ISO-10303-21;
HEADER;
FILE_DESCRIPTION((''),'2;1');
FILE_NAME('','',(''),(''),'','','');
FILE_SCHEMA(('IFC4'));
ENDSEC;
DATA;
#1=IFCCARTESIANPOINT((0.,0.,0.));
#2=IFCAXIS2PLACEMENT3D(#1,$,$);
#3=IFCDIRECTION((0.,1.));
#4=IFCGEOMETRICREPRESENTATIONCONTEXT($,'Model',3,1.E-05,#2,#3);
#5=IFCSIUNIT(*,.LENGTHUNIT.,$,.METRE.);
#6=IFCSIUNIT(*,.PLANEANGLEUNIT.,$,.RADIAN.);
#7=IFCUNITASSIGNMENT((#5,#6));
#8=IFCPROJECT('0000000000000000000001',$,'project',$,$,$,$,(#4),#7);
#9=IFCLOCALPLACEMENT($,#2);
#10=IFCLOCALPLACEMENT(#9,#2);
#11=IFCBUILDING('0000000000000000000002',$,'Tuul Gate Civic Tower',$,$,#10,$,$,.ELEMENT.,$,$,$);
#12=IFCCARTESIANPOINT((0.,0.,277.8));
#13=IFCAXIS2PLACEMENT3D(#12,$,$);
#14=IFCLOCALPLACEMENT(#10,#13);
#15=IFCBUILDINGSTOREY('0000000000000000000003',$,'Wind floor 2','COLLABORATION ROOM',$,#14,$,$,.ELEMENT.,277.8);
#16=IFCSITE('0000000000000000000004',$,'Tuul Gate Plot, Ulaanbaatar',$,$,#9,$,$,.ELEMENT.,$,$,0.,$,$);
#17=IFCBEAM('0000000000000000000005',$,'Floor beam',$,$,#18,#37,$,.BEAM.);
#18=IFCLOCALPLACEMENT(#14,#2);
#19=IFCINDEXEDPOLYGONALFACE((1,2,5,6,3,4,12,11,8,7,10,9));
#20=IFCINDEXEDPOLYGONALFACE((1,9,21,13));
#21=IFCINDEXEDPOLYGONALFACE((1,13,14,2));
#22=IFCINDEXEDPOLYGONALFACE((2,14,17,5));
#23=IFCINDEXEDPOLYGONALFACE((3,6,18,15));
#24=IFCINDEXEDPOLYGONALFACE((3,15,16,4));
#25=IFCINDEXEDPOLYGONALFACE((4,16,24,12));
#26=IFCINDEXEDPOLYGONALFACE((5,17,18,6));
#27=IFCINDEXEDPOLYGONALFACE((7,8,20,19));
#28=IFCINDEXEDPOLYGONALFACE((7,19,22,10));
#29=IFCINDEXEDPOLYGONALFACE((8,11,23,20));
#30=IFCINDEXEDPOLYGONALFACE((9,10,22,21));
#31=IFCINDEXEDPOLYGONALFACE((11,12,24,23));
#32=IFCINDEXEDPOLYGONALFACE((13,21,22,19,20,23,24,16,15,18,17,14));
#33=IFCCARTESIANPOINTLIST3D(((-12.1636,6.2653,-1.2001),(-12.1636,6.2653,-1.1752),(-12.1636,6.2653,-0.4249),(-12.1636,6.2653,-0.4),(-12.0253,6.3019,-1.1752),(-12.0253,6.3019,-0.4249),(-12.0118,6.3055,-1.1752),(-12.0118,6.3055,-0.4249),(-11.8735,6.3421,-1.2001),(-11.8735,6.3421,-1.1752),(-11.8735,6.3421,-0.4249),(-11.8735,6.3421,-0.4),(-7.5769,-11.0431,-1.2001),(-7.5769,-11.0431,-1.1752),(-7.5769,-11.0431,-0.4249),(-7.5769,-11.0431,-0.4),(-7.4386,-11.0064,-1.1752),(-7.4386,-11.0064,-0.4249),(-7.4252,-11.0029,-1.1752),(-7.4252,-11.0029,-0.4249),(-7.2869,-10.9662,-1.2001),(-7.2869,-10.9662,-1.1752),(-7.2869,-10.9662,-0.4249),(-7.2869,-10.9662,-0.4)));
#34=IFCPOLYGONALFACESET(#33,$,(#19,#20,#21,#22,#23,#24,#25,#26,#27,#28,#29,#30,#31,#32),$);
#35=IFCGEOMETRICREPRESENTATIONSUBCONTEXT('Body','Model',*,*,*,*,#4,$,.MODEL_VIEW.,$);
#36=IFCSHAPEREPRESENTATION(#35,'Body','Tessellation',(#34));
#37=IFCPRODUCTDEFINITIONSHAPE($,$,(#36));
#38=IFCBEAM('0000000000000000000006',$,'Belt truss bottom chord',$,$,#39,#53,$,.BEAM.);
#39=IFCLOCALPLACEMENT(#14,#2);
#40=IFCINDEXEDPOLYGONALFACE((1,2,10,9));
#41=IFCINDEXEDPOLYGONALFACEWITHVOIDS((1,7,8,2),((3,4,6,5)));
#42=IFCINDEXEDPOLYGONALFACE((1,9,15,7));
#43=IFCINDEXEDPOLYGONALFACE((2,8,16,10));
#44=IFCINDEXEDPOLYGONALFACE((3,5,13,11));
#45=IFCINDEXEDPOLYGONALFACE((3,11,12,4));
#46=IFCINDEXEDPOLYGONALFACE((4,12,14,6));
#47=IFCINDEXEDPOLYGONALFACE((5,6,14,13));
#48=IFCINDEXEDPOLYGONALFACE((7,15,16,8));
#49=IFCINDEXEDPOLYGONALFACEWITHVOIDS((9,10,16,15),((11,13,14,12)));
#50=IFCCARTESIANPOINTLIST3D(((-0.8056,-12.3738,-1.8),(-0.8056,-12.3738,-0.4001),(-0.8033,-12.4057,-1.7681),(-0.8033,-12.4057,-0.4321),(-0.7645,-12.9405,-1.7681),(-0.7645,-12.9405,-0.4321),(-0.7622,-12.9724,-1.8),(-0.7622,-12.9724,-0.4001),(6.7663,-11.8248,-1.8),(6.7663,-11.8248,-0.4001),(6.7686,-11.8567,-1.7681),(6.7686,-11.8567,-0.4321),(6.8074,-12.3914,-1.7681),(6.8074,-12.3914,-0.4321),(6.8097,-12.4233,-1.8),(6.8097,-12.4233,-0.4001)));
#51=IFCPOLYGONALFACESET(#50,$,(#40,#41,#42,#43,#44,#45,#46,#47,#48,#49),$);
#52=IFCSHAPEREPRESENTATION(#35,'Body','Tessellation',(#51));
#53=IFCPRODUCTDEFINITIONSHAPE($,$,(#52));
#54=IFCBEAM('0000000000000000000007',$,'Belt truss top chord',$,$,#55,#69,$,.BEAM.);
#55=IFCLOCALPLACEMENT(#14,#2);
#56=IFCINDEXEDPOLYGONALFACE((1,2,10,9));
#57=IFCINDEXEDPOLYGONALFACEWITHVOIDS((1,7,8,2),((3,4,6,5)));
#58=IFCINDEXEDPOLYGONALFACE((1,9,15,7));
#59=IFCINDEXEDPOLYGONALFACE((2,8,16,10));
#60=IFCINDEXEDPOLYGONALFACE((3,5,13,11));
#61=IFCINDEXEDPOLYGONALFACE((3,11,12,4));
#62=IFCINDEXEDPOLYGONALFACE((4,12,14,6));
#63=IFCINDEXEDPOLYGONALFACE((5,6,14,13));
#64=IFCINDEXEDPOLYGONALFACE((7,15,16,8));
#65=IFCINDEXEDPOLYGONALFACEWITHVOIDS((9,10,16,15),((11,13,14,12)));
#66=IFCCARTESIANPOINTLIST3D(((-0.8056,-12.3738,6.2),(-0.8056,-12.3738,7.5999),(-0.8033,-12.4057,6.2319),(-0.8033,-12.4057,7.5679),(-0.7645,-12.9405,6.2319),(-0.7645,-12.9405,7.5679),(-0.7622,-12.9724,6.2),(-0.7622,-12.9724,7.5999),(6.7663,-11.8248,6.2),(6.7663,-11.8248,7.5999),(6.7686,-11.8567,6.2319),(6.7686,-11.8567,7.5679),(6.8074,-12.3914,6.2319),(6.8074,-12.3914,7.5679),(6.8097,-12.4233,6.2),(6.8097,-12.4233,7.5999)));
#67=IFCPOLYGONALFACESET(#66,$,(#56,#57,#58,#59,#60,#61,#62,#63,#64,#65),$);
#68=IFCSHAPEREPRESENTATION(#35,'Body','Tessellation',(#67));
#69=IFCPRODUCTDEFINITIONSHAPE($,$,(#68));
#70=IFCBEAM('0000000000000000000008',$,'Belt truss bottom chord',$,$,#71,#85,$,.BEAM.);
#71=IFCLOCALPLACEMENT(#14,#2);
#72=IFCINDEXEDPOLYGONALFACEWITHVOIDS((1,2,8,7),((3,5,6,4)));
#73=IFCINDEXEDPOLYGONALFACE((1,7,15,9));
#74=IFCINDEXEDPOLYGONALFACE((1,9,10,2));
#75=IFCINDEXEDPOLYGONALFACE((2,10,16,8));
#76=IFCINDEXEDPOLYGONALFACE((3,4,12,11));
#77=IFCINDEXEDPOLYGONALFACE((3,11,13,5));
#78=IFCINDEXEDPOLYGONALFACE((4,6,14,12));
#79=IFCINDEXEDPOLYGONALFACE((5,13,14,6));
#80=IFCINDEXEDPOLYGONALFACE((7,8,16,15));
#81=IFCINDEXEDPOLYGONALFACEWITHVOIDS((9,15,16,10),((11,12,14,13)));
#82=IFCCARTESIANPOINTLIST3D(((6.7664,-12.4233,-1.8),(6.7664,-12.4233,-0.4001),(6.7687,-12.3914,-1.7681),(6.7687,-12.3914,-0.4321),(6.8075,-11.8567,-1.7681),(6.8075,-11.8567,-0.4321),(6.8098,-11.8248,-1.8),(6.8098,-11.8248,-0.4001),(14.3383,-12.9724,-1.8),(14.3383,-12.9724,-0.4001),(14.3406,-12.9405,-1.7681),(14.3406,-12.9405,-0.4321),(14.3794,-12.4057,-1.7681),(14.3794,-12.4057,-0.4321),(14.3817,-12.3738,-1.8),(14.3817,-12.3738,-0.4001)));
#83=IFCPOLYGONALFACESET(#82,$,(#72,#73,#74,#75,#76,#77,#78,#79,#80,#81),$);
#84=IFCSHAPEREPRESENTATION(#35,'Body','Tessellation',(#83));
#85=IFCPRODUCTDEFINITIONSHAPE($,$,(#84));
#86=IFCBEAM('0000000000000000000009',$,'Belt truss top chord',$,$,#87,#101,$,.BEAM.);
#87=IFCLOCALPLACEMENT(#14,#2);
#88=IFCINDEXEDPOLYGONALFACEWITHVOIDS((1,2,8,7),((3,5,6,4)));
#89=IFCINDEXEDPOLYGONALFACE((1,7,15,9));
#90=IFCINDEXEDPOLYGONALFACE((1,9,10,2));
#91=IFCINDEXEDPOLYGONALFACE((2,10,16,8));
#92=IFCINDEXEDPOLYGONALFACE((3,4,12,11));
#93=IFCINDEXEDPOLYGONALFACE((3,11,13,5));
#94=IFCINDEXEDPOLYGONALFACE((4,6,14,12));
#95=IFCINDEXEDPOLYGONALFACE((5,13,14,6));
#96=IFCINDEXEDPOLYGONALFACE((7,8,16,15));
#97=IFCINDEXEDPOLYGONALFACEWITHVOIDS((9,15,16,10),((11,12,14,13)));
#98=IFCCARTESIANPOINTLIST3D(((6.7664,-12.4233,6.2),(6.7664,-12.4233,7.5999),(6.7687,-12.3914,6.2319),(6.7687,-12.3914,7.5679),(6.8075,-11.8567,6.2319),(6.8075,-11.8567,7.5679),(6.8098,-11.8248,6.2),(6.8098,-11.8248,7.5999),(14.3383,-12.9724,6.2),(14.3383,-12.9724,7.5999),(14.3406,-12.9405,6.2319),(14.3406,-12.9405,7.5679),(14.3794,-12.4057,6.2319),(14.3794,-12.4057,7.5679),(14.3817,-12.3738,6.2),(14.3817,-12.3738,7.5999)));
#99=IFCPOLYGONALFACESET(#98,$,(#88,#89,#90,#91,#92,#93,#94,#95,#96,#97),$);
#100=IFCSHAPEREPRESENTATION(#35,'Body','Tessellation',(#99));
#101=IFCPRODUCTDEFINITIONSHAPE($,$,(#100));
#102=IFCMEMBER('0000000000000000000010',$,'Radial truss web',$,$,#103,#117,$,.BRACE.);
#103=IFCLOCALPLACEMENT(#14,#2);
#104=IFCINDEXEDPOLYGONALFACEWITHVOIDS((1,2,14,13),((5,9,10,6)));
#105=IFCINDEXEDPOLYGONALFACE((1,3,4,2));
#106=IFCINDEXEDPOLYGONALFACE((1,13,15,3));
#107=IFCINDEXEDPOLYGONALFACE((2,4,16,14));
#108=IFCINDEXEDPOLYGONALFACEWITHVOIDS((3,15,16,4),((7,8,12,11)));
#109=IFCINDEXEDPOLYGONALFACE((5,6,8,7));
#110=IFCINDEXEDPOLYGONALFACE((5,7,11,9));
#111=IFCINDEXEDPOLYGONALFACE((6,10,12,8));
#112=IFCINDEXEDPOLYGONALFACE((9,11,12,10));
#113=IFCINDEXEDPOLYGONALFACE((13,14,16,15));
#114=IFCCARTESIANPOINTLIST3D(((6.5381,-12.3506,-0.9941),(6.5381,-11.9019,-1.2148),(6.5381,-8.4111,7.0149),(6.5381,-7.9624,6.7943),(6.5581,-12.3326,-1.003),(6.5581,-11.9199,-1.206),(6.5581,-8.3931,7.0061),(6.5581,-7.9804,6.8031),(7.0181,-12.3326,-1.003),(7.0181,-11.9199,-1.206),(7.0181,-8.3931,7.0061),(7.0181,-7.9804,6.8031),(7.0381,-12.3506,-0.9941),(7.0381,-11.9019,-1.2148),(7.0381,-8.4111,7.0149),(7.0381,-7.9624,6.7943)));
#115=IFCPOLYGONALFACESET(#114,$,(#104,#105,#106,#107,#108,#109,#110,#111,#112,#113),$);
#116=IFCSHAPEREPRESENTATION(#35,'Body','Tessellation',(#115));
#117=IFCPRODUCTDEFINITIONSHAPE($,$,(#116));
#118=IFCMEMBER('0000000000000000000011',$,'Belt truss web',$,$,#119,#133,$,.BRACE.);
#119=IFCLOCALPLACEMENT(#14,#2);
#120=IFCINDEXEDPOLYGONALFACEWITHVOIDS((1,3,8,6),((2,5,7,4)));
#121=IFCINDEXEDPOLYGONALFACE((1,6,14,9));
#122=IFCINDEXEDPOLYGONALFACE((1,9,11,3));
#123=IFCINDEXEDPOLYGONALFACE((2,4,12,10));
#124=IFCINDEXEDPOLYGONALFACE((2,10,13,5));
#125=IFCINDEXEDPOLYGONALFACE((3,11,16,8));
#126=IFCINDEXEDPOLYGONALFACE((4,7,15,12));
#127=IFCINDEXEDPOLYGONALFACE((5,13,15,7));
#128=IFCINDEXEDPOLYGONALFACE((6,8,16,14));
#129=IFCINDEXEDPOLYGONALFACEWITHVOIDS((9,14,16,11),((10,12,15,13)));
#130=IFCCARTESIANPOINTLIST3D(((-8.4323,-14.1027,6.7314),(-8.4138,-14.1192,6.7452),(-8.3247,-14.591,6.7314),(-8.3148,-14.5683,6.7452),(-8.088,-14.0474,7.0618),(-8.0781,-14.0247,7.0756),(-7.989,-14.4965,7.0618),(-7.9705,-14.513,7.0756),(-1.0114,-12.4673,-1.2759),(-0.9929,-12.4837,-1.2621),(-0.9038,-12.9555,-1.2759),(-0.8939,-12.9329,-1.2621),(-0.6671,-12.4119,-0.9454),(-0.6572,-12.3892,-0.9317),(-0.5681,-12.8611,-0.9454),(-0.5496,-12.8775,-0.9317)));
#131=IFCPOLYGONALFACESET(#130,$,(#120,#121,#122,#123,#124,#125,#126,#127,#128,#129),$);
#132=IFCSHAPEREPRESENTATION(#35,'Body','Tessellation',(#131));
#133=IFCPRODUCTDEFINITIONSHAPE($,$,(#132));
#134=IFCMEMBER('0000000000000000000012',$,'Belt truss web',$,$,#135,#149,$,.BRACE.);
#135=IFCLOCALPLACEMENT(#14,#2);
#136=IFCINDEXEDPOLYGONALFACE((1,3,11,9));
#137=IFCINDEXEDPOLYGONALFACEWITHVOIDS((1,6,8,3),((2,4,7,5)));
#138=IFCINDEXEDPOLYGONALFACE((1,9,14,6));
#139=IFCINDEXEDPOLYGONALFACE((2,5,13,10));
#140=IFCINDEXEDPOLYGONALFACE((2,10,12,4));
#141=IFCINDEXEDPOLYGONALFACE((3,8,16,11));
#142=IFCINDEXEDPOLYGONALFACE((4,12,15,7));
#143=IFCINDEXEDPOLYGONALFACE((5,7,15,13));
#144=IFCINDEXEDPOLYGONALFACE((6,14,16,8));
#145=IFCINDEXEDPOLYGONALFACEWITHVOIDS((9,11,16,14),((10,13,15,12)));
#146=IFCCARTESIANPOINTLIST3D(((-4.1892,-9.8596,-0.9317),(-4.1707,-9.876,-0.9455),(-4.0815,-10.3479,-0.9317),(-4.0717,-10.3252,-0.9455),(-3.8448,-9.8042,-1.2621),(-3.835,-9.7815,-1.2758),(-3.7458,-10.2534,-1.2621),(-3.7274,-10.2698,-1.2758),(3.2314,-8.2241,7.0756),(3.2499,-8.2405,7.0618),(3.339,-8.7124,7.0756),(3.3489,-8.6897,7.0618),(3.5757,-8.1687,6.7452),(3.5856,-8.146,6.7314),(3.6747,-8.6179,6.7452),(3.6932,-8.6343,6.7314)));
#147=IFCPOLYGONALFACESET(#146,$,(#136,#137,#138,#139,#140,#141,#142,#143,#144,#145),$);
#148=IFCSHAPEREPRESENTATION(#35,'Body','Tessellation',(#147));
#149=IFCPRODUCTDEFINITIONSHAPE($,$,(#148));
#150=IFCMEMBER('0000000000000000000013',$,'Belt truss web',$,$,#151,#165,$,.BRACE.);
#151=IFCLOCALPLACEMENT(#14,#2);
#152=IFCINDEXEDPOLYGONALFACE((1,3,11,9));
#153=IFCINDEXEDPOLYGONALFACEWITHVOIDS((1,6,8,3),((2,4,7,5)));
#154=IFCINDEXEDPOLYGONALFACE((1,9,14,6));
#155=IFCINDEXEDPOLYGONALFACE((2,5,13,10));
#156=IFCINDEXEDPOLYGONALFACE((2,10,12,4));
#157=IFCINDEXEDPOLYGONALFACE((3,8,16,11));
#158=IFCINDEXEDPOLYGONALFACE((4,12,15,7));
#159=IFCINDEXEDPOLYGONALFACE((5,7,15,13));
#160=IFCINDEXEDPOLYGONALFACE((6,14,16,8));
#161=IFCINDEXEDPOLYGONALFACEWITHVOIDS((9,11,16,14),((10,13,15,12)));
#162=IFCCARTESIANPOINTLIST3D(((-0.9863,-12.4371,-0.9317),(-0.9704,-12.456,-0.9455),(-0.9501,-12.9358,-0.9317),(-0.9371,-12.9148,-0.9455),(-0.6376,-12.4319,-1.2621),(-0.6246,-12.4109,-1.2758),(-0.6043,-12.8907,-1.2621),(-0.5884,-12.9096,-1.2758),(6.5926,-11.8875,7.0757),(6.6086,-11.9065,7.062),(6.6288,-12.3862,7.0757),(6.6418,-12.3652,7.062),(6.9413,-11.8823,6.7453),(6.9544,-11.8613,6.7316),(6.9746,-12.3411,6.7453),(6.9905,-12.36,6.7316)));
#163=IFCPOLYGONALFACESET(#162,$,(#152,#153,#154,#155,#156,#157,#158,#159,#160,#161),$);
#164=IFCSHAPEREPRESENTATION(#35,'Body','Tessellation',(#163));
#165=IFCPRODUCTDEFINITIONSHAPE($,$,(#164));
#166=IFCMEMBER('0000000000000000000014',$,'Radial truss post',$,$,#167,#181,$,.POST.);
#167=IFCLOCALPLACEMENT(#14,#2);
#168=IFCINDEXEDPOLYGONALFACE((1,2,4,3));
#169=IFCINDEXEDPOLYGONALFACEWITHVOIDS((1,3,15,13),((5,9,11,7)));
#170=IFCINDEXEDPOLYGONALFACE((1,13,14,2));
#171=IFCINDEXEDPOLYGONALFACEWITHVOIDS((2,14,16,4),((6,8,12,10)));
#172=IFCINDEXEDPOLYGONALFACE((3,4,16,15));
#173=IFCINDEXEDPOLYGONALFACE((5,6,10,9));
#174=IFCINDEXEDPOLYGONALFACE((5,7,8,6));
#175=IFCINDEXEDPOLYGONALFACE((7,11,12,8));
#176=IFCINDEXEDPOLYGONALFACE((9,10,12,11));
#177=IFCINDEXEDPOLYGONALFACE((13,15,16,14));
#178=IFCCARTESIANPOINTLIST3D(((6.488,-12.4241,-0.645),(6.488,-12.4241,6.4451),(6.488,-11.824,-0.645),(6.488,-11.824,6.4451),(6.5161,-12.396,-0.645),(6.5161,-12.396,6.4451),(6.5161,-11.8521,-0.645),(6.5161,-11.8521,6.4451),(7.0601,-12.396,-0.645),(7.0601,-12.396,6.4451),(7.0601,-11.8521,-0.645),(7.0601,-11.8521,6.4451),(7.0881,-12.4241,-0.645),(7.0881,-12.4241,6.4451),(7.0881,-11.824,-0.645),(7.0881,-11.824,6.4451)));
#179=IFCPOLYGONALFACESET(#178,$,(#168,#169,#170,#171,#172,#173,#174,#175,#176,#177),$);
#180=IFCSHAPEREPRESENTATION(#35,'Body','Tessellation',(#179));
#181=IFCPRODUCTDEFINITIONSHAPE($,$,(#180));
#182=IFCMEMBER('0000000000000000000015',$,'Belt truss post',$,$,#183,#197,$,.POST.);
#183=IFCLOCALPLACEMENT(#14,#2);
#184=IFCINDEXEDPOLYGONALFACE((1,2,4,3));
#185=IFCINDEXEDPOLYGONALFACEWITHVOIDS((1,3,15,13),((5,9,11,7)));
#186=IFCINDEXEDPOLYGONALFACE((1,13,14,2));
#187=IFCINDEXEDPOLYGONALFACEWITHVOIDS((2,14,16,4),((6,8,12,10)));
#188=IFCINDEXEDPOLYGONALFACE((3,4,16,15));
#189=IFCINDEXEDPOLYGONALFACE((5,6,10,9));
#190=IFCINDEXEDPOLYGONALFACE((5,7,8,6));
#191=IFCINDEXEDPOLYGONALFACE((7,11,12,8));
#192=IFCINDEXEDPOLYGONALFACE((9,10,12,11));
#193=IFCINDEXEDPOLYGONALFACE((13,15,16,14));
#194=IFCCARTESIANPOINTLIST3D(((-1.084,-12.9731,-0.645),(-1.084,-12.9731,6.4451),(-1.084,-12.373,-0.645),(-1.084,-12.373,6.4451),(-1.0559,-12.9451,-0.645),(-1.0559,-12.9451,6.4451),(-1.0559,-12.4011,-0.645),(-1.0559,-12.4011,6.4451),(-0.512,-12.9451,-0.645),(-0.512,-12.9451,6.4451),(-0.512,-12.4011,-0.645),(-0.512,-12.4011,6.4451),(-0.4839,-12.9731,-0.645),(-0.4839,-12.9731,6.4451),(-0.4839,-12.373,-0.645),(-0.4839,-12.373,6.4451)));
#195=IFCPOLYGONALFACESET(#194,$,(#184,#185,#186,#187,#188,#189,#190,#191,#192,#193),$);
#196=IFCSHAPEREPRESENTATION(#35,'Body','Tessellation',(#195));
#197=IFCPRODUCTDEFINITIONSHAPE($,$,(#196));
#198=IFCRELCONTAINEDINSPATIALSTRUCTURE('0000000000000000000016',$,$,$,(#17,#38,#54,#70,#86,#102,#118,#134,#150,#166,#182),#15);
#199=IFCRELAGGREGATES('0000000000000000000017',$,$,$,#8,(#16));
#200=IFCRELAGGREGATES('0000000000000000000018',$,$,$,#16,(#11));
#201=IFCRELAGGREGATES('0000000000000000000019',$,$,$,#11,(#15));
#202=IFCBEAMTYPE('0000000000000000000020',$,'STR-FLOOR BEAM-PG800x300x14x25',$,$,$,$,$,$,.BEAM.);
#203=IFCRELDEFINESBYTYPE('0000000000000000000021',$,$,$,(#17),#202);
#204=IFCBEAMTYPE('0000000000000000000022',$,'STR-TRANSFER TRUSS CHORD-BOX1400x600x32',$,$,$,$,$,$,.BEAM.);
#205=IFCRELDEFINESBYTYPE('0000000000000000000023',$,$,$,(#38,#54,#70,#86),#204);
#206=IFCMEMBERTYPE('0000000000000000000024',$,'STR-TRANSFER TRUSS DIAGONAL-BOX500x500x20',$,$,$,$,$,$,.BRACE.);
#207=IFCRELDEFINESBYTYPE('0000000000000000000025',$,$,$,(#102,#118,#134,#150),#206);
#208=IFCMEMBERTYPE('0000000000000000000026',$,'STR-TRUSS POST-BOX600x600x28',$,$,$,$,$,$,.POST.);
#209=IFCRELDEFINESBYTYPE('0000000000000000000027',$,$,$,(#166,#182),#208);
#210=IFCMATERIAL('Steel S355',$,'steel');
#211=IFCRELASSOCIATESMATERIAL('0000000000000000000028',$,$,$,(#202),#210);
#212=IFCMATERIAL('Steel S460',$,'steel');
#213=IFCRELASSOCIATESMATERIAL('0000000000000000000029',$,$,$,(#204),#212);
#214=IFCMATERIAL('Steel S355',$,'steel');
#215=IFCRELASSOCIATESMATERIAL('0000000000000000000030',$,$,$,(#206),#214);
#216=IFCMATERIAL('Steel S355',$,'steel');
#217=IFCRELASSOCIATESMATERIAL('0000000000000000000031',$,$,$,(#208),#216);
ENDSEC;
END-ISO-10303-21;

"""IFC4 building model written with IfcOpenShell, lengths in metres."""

from ifc_helpers import new_model, si_unit, direction, frame, origin, origin_2d, place, context, subcontext, project, spatial, hollow_rectangle, i_section, extrude, material, material_profile, profile_set, type_object, element, save


model = new_model("IFC4")

# Units and contexts
model_context = context("Model", 3, precision=1e-05, world=origin(), true_north=direction((0.0, 1.0)))
body_context = subcontext(model_context, "Body", "Model", "MODEL_VIEW")
ifc_project = project(units=[si_unit("LENGTHUNIT", "METRE"), si_unit("PLANEANGLEUNIT", "RADIAN")], contexts=[model_context])

# Site, building, storey
site_placement = place(None, origin())
site = spatial("IfcSite", under=ifc_project, at=site_placement, Name="Tuul Gate Plot, Ulaanbaatar", CompositionType="ELEMENT", RefElevation=0.0)
building_placement = place(site_placement, origin())
building = spatial("IfcBuilding", under=site, at=building_placement, Name="Tuul Gate Civic Tower", CompositionType="ELEMENT")
storey_placement = place(building_placement, frame((0.0, 0.0, 277.8)))
storey = spatial("IfcBuildingStorey", under=building, at=storey_placement, Name="Wind floor 2", Description="COLLABORATION ROOM", CompositionType="ELEMENT", Elevation=277.8)

# Beams
ifc_material_1 = material(Name="Steel S355", Category="steel")
ifc_material_profile_1 = material_profile(ifc_material_1, i_section(OverallWidth=0.3, OverallDepth=0.8, WebThickness=0.0139, FlangeThickness=0.0249, at=origin_2d()), Name="PG800x300x14x25")
ifc_profile_set_1 = profile_set([ifc_material_profile_1], Name="Steel S355")
beam_type_1 = type_object("IfcBeamType", Name="STR-FLOOR BEAM-PG800x300x14x25", PredefinedType="BEAM", material=ifc_profile_set_1)
beam_placement = place(storey_placement, frame((-7.4319, -11.0046, -0.8), z_axis=(-0.256156, 0.966635, 0.0), x_axis=(-0.966635, -0.256156, 0.0)))
element("IfcBeam", 1, at=beam_placement, inside=storey, type_object=beam_type_1, Name="Floor beam", PredefinedType="BEAM", context=body_context, shape_type="SweptSolid", body=[
    extrude(i_section(OverallWidth=0.3, OverallDepth=0.8, WebThickness=0.0139, FlangeThickness=0.0249, at=origin_2d()), origin(), (0.0, 0.0, 1.0), 17.9058),
])
ifc_material_2 = material(Name="Steel S460", Category="steel")
ifc_material_profile_2 = material_profile(ifc_material_2, hollow_rectangle(XDim=0.6001, YDim=1.3999, WallThickness=0.032, at=origin_2d()), Name="BOX1400x600x32")
ifc_profile_set_2 = profile_set([ifc_material_profile_2], Name="Steel S460")
beam_type_2 = type_object("IfcBeamType", Name="STR-TRANSFER TRUSS CHORD-BOX1400x600x32", PredefinedType="BEAM", material=ifc_profile_set_2)
for number, where, z_axis, x_axis, name in (
    (2, (-0.7839, -12.6731, -1.1001), (0.997381, 0.072323, 0.0), (-0.072323, 0.997381, 0.0), "Belt truss bottom chord"),
    (3, (-0.7839, -12.6731, 6.8999), (0.997381, 0.072323, 0.0), (-0.072323, 0.997381, 0.0), "Belt truss top chord"),
    (4, (6.7881, -12.124, -1.1001), (0.997381, -0.072323, 0.0), (0.072323, 0.997381, 0.0), "Belt truss bottom chord"),
    (5, (6.7881, -12.124, 6.8999), (0.997381, -0.072323, 0.0), (0.072323, 0.997381, 0.0), "Belt truss top chord"),
):
    element("IfcBeam", number, at=place(storey_placement, frame(where, z_axis=z_axis, x_axis=x_axis)), inside=storey, type_object=beam_type_2, Name=name, PredefinedType="BEAM", context=body_context, shape_type="SweptSolid", body=[
        extrude(hollow_rectangle(XDim=0.6001, YDim=1.3999, WallThickness=0.032, at=origin_2d()), origin(), (0.0, 0.0, 1.0), 7.5918),
    ])

# Members
ifc_material_3 = material(Name="Steel S355", Category="steel")
ifc_material_profile_3 = material_profile(ifc_material_3, hollow_rectangle(XDim=0.5, YDim=0.5, WallThickness=0.02, at=origin_2d()), Name="BOX500x500x20")
ifc_profile_set_3 = profile_set([ifc_material_profile_3], Name="Steel S355")
member_type_1 = type_object("IfcMemberType", Name="STR-TRANSFER TRUSS DIAGONAL-BOX500x500x20", PredefinedType="BRACE", material=ifc_profile_set_3)
member_1_placement = place(storey_placement, frame((6.7881, -12.1262, -1.1045), z_axis=(0.0, 0.441372, 0.897324), x_axis=(-1.0, 0.0, 0.0)))
element("IfcMember", 6, at=member_1_placement, inside=storey, type_object=member_type_1, Name="Radial truss web", PredefinedType="BRACE", context=body_context, shape_type="SweptSolid", body=[
    extrude(hollow_rectangle(XDim=0.5, YDim=0.5, WallThickness=0.02, at=origin_2d()), origin(), (0.0, 0.0, 1.0), 8.9255),
])
member_2_placement = place(storey_placement, frame((-0.7805, -12.6724, -1.1038), z_axis=(-0.672237, -0.148155, 0.72536), x_axis=(0.215226, -0.976564, 0.0)))
element("IfcMember", 7, at=member_2_placement, inside=storey, type_object=member_type_1, Name="Belt truss web", PredefinedType="BRACE", context=body_context, shape_type="SweptSolid", body=[
    extrude(hollow_rectangle(XDim=0.5, YDim=0.5, WallThickness=0.02, at=origin_2d()), origin(), (0.0, 0.0, 1.0), 11.0391),
])
member_3_placement = place(storey_placement, frame((-3.9583, -10.0647, -1.1038), z_axis=(0.672225, 0.148157, 0.725371), x_axis=(-0.215233, 0.976563, 0.0)))
element("IfcMember", 8, at=member_3_placement, inside=storey, type_object=member_type_1, Name="Belt truss web", PredefinedType="BRACE", context=body_context, shape_type="SweptSolid", body=[
    extrude(hollow_rectangle(XDim=0.5, YDim=0.5, WallThickness=0.02, at=origin_2d()), origin(), (0.0, 0.0, 1.0), 11.0388),
])
member_4_placement = place(storey_placement, frame((-0.7874, -12.6733, -1.1038), z_axis=(0.686556, 0.049784, 0.72537), x_axis=(-0.072322, 0.997381, 0.0)))
element("IfcMember", 9, at=member_4_placement, inside=storey, type_object=member_type_1, Name="Belt truss web", PredefinedType="BRACE", context=body_context, shape_type="SweptSolid", body=[
    extrude(hollow_rectangle(XDim=0.5, YDim=0.5, WallThickness=0.02, at=origin_2d()), origin(), (0.0, 0.0, 1.0), 11.0391),
])
ifc_material_4 = material(Name="Steel S355", Category="steel")
ifc_material_profile_4 = material_profile(ifc_material_4, hollow_rectangle(XDim=0.6001, YDim=0.6001, WallThickness=0.0281, at=origin_2d()), Name="BOX600x600x28")
ifc_profile_set_4 = profile_set([ifc_material_profile_4], Name="Steel S355")
member_type_2 = type_object("IfcMemberType", Name="STR-TRUSS POST-BOX600x600x28", PredefinedType="POST", material=ifc_profile_set_4)
for number, where, z_axis, x_axis, name in (
    (10, (6.7881, -12.124, -0.645), (0.0, 0.0, 1.0), (1.0, 0.0, 0.0), "Radial truss post"),
    (11, (-0.7839, -12.6731, -0.645), (0.0, 0.0, 1.0), (1.0, 0.0, 0.0), "Belt truss post"),
):
    element("IfcMember", number, at=place(storey_placement, frame(where, z_axis=z_axis, x_axis=x_axis)), inside=storey, type_object=member_type_2, Name=name, PredefinedType="POST", context=body_context, shape_type="SweptSolid", body=[
        extrude(hollow_rectangle(XDim=0.6001, YDim=0.6001, WallThickness=0.0281, at=origin_2d()), origin(), (0.0, 0.0, 1.0), 7.0901),
    ])

save(model, "model.ifc")
